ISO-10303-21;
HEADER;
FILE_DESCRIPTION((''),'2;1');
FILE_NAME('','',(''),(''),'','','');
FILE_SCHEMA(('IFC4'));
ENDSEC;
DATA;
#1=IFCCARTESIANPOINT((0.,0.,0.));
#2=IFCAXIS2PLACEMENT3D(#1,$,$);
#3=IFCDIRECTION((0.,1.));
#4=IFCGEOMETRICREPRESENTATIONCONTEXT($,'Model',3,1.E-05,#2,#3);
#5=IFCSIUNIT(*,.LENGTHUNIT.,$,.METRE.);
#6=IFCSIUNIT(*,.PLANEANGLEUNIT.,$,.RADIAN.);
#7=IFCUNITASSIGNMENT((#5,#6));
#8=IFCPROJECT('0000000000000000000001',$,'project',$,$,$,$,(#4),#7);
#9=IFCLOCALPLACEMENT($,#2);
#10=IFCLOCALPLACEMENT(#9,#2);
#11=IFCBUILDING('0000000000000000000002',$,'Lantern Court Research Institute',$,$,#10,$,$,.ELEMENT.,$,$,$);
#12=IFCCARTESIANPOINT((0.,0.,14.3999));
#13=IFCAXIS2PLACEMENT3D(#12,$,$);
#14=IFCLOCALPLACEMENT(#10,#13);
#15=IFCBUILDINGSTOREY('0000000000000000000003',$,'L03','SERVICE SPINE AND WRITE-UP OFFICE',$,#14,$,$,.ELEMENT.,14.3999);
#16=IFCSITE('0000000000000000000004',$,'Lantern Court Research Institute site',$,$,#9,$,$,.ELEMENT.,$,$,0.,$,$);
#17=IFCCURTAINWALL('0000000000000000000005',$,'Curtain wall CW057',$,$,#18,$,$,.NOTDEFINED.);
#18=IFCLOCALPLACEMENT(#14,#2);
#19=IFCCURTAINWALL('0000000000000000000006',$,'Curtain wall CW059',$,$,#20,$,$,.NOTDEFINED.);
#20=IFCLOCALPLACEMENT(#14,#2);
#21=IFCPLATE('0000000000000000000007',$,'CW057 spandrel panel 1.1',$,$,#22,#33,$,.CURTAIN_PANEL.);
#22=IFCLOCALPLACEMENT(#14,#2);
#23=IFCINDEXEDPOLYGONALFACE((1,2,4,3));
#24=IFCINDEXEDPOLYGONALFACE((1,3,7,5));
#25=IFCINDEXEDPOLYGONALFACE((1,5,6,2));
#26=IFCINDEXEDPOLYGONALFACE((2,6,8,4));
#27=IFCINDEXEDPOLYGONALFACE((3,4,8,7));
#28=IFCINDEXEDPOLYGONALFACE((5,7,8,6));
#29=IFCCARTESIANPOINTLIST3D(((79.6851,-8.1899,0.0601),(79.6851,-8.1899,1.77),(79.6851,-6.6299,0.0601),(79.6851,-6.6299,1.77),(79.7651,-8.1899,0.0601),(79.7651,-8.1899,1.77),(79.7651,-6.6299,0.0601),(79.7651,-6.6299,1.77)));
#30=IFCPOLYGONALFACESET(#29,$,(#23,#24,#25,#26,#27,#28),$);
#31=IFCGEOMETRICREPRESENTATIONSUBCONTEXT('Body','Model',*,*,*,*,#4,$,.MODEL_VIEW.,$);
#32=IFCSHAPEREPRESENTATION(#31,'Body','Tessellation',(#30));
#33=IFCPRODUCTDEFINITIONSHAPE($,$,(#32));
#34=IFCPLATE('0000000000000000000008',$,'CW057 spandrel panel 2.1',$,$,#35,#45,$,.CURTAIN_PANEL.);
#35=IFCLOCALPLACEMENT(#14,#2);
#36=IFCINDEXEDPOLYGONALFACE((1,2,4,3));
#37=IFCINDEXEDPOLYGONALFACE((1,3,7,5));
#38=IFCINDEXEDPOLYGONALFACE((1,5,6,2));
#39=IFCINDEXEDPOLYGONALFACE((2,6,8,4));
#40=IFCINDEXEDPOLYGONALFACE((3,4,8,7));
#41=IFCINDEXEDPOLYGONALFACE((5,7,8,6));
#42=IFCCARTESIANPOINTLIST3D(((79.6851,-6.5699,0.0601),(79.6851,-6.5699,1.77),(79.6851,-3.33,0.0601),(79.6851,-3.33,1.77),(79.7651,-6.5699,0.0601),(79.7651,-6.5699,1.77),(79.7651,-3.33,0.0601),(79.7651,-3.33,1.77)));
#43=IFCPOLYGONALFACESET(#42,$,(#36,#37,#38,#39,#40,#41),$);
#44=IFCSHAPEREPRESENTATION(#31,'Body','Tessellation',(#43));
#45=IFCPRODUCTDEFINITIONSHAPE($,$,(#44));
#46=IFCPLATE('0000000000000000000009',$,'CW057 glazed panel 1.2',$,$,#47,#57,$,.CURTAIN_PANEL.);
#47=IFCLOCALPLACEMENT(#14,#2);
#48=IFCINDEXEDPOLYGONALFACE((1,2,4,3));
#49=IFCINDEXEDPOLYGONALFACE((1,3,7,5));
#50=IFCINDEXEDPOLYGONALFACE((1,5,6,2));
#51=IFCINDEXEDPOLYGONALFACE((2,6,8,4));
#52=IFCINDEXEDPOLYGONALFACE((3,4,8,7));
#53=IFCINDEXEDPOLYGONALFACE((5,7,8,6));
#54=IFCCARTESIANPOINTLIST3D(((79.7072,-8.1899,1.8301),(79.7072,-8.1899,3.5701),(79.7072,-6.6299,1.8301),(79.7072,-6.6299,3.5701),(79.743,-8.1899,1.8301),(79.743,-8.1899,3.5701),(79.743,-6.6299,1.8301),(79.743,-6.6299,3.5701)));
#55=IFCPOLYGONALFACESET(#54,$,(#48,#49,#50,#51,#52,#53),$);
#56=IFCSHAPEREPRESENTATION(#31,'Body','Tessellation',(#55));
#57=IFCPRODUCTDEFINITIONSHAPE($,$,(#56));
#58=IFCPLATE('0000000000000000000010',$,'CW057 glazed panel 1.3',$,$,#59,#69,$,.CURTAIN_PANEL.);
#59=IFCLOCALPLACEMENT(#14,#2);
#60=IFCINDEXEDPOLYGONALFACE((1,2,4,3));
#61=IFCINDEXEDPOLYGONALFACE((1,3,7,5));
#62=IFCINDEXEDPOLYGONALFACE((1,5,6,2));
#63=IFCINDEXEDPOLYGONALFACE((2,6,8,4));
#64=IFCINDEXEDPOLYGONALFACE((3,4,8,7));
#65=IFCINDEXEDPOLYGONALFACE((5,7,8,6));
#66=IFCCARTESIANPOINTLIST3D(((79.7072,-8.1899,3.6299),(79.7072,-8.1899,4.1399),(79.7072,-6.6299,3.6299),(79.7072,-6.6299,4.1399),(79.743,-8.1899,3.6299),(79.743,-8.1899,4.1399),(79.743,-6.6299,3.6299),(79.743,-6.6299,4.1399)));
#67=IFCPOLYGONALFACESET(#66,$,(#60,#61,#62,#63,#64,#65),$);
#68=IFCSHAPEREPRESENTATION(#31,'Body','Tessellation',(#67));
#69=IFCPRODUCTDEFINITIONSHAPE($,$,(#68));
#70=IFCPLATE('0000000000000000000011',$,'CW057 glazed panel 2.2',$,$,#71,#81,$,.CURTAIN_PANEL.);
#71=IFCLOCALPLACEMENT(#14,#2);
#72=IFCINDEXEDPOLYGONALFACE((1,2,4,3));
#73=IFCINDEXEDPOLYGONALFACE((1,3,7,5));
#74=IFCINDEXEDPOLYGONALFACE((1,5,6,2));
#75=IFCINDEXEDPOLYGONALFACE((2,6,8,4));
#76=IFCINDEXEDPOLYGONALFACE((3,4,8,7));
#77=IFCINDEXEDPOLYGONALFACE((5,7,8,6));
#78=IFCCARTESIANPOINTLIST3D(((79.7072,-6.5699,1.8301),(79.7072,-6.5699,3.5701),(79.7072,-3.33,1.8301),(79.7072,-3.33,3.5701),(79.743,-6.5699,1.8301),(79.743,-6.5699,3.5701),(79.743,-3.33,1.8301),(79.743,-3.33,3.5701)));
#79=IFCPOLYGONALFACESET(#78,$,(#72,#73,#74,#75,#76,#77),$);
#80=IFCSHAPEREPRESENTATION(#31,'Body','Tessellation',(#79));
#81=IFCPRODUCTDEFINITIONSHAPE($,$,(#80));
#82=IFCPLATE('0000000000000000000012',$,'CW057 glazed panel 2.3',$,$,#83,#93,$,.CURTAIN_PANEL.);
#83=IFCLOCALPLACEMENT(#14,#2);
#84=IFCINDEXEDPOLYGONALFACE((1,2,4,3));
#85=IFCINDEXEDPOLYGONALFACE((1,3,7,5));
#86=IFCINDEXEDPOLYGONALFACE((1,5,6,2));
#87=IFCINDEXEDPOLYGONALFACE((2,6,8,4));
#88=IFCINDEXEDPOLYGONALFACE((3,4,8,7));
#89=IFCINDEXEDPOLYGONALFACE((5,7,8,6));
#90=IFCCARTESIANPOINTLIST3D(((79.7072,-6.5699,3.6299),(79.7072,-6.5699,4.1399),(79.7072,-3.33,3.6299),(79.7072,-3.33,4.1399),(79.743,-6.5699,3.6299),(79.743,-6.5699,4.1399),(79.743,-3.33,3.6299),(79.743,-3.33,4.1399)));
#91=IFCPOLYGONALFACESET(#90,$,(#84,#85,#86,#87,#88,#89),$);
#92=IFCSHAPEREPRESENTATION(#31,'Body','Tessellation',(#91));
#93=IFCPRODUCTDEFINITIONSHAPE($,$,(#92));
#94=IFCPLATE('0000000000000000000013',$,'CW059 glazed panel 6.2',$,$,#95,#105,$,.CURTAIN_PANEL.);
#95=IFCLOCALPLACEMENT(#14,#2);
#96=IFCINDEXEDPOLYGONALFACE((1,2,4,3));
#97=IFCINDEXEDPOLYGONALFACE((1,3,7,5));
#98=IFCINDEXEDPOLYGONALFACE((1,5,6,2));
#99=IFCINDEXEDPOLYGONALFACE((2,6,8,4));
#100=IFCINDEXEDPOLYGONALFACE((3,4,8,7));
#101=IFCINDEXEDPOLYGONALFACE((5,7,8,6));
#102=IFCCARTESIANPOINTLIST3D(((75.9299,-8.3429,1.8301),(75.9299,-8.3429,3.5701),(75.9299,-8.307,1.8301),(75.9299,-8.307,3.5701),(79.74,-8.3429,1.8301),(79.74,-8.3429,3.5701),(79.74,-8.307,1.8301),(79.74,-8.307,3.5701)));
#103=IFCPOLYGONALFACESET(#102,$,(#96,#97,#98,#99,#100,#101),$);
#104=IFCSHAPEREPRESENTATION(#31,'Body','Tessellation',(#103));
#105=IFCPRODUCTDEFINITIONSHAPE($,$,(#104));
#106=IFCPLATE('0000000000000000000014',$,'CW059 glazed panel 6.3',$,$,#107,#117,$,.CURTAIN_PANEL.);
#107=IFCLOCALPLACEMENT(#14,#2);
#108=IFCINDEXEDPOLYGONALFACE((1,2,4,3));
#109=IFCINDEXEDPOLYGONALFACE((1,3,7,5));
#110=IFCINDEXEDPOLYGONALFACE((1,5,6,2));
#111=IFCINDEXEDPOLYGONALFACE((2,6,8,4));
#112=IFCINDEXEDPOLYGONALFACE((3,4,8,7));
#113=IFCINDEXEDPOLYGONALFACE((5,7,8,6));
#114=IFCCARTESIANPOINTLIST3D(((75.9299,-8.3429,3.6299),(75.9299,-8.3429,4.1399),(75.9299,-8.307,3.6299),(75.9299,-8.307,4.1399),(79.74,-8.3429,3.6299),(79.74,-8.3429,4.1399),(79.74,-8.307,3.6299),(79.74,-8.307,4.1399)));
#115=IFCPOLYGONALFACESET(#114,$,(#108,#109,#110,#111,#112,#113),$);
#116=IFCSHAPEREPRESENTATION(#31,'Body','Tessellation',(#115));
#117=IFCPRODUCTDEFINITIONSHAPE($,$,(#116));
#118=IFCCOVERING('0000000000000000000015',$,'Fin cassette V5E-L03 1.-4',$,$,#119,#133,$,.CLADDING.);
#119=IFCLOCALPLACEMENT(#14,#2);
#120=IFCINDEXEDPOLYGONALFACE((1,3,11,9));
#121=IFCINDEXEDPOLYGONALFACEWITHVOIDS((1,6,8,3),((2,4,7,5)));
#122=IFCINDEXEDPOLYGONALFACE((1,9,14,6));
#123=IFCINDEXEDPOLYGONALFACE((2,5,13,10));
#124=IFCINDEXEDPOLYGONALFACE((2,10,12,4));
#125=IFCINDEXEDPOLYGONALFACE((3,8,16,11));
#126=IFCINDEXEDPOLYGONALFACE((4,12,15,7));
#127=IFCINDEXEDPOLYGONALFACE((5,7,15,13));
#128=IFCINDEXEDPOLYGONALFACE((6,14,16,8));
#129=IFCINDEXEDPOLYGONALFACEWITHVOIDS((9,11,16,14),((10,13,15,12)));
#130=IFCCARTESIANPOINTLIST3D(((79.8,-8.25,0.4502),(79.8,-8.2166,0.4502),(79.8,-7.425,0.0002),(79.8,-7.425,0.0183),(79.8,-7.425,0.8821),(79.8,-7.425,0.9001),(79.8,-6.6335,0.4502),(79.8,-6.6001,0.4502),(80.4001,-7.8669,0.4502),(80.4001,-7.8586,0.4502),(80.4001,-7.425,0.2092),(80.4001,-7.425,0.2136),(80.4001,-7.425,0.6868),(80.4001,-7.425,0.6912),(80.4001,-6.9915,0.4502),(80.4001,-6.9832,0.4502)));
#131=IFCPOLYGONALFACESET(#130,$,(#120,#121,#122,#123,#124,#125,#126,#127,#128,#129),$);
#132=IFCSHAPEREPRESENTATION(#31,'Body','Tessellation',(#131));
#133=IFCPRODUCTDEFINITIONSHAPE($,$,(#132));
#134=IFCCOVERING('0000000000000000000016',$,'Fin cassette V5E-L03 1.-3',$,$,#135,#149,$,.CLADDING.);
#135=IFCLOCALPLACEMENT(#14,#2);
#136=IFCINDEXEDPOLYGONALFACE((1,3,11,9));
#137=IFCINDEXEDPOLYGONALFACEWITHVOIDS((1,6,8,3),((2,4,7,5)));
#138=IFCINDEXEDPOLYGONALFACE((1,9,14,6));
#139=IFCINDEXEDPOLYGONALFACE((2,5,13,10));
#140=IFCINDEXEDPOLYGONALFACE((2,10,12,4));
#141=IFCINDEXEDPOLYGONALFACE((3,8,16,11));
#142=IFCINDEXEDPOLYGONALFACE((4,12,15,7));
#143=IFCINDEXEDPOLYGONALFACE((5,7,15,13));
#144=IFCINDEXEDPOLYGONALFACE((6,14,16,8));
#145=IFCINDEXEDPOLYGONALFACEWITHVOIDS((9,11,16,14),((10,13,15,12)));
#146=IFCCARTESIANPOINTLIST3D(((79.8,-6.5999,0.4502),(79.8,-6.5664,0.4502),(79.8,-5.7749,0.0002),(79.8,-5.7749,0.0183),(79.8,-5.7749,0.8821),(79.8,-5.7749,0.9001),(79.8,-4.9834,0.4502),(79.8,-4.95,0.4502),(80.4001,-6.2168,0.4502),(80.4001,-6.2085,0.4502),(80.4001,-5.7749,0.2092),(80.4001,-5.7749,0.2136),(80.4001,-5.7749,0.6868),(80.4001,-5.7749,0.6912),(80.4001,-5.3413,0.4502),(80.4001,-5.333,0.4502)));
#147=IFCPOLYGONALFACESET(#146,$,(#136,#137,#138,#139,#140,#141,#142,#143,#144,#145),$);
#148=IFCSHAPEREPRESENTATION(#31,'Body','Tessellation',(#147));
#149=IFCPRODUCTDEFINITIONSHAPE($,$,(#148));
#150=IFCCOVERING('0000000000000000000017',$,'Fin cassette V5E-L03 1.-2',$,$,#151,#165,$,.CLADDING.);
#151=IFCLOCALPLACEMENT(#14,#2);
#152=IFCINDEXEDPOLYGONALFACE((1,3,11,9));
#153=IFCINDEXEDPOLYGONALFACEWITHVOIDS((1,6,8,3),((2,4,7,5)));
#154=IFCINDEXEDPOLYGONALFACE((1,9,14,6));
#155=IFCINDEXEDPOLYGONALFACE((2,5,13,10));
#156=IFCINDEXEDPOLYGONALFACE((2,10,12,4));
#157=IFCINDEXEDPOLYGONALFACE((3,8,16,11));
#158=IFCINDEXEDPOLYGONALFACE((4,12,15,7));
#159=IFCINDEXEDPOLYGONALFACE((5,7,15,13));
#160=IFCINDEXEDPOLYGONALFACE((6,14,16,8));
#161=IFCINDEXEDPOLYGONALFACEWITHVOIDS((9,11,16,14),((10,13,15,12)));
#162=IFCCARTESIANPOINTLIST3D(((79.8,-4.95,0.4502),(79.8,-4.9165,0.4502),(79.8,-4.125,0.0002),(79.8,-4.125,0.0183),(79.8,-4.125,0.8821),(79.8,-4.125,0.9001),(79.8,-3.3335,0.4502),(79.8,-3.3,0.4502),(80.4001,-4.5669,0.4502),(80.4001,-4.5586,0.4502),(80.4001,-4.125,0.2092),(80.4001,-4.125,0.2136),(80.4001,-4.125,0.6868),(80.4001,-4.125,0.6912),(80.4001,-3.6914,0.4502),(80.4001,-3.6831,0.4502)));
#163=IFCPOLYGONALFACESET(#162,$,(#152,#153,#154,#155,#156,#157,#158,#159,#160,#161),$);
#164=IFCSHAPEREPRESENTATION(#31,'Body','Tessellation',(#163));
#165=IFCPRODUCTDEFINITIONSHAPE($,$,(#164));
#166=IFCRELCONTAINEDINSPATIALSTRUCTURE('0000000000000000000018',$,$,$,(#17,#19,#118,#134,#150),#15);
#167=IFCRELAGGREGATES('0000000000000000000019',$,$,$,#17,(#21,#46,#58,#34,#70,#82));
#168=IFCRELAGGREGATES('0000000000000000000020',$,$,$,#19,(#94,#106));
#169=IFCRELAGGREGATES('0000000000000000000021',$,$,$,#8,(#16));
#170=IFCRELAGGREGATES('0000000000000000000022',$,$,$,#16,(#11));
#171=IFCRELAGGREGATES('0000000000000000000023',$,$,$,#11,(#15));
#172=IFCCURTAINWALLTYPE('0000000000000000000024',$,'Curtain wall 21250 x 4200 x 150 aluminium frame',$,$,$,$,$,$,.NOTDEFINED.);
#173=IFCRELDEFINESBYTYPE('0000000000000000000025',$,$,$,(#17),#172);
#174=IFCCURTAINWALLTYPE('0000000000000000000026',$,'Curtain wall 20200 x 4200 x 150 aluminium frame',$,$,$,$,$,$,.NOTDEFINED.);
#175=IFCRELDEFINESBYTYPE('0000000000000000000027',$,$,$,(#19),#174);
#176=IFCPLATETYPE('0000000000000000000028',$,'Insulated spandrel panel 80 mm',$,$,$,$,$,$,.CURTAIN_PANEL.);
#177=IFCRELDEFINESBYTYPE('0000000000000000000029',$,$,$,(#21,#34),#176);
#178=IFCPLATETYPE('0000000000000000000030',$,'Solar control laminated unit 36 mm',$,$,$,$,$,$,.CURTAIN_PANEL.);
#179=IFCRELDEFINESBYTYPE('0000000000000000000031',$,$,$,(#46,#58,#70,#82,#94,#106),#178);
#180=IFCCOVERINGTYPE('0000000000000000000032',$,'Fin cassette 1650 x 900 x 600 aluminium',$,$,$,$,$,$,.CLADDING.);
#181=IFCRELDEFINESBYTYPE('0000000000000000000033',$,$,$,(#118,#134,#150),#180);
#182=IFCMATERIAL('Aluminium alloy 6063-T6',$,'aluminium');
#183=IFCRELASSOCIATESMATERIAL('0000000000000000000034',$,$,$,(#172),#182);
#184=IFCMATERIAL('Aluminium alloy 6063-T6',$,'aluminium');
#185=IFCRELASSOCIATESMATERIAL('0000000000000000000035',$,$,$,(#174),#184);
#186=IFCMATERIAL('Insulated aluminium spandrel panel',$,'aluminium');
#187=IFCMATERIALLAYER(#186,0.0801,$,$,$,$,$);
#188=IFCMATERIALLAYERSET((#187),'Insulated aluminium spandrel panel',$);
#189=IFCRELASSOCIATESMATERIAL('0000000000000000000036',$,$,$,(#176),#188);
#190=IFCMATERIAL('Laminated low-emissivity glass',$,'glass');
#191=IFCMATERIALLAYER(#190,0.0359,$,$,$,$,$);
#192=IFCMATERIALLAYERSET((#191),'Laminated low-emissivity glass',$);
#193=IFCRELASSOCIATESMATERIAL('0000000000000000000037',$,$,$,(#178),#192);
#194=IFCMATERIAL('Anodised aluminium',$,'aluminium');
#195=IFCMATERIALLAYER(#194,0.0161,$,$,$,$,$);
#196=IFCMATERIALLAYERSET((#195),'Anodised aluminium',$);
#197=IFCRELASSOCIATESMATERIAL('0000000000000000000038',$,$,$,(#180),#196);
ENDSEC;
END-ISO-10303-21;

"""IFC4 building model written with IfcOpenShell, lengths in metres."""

from ifc_helpers import new_model, entity, si_unit, direction, frame, origin, origin_2d, place, context, subcontext, project, spatial, rectangle, extrude, material, layer, layer_set, type_object, element, aggregate, save


model = new_model("IFC4")

# Units and contexts
model_context = context("Model", 3, precision=1e-05, world=origin(), true_north=direction((0.0, 1.0)))
body_context = subcontext(model_context, "Body", "Model", "MODEL_VIEW")
ifc_project = project(units=[si_unit("LENGTHUNIT", "METRE"), si_unit("PLANEANGLEUNIT", "RADIAN")], contexts=[model_context])

# Site, building, storey
site_placement = place(None, origin())
site = spatial("IfcSite", under=ifc_project, at=site_placement, Name="Lantern Court Research Institute site", CompositionType="ELEMENT", RefElevation=0.0)
building_placement = place(site_placement, origin())
building = spatial("IfcBuilding", under=site, at=building_placement, Name="Lantern Court Research Institute", CompositionType="ELEMENT")
storey_placement = place(building_placement, frame((0.0, 0.0, 14.3999)))
storey = spatial("IfcBuildingStorey", under=building, at=storey_placement, Name="L03", Description="SERVICE SPINE AND WRITE-UP OFFICE", CompositionType="ELEMENT", Elevation=14.3999)

# Curtain wall
ifc_material_1 = material(Name="Aluminium alloy 6063-T6", Category="aluminium")
curtain_wall_type_1 = type_object("IfcCurtainWallType", Name="Curtain wall 21250 x 4200 x 150 aluminium frame", PredefinedType="NOTDEFINED", material=ifc_material_1)
curtain_wall_1_placement = place(storey_placement, origin())
curtain_wall_1 = element("IfcCurtainWall", 1, at=curtain_wall_1_placement, inside=storey, type_object=curtain_wall_type_1, Name="Curtain wall CW057", PredefinedType="NOTDEFINED")

# Curtain wall
ifc_material_2 = material(Name="Aluminium alloy 6063-T6", Category="aluminium")
curtain_wall_type_2 = type_object("IfcCurtainWallType", Name="Curtain wall 20200 x 4200 x 150 aluminium frame", PredefinedType="NOTDEFINED", material=ifc_material_2)
curtain_wall_2_placement = place(storey_placement, origin())
curtain_wall_2 = element("IfcCurtainWall", 2, at=curtain_wall_2_placement, inside=storey, type_object=curtain_wall_type_2, Name="Curtain wall CW059", PredefinedType="NOTDEFINED")

# Plates
ifc_material_3 = material(Name="Insulated aluminium spandrel panel", Category="aluminium")
ifc_layer_1 = layer(ifc_material_3, 0.0801)
ifc_layer_set_1 = layer_set([ifc_layer_1], Name="Insulated aluminium spandrel panel")
plate_type_1 = type_object("IfcPlateType", Name="Insulated spandrel panel 80 mm", PredefinedType="CURTAIN_PANEL", material=ifc_layer_set_1)
plate_1_placement = place(storey_placement, frame((79.7251, -7.4099, 0.0601), z_axis=(0.0, 0.0, 1.0), x_axis=(0.0, -1.0, 0.0)))
plate_1 = element("IfcPlate", 3, at=plate_1_placement, type_object=plate_type_1, Name="CW057 spandrel panel 1.1", PredefinedType="CURTAIN_PANEL", context=body_context, shape_type="SweptSolid", body=[
    extrude(rectangle(XDim=1.5601, YDim=0.0801, at=origin_2d()), origin(), (0.0, 0.0, 1.0), 1.71),
])
plate_2_placement = place(storey_placement, frame((79.7251, -4.95, 0.0601), z_axis=(0.0, 0.0, 1.0), x_axis=(0.0, -1.0, 0.0)))
plate_2 = element("IfcPlate", 4, at=plate_2_placement, type_object=plate_type_1, Name="CW057 spandrel panel 2.1", PredefinedType="CURTAIN_PANEL", context=body_context, shape_type="SweptSolid", body=[
    extrude(rectangle(XDim=3.24, YDim=0.0801, at=origin_2d()), origin(), (0.0, 0.0, 1.0), 1.71),
])
ifc_material_4 = material(Name="Laminated low-emissivity glass", Category="glass")
ifc_layer_2 = layer(ifc_material_4, 0.0359)
ifc_layer_set_2 = layer_set([ifc_layer_2], Name="Laminated low-emissivity glass")
plate_type_2 = type_object("IfcPlateType", Name="Solar control laminated unit 36 mm", PredefinedType="CURTAIN_PANEL", material=ifc_layer_set_2)
plate_3_placement = place(storey_placement, frame((79.7251, -7.4099, 1.8301), z_axis=(0.0, 0.0, 1.0), x_axis=(0.0, -1.0, 0.0)))
plate_3 = element("IfcPlate", 5, at=plate_3_placement, type_object=plate_type_2, Name="CW057 glazed panel 1.2", PredefinedType="CURTAIN_PANEL", context=body_context, shape_type="SweptSolid", body=[
    extrude(rectangle(XDim=1.5601, YDim=0.0359, at=origin_2d()), origin(), (0.0, 0.0, 1.0), 1.74),
])
plate_4_placement = place(storey_placement, frame((79.7251, -7.4099, 3.6299), z_axis=(0.0, 0.0, 1.0), x_axis=(0.0, -1.0, 0.0)))
plate_4 = element("IfcPlate", 6, at=plate_4_placement, type_object=plate_type_2, Name="CW057 glazed panel 1.3", PredefinedType="CURTAIN_PANEL", context=body_context, shape_type="SweptSolid", body=[
    extrude(rectangle(XDim=1.5601, YDim=0.0359, at=origin_2d()), origin(), (0.0, 0.0, 1.0), 0.51),
])
plate_5_placement = place(storey_placement, frame((79.7251, -4.95, 1.8301), z_axis=(0.0, 0.0, 1.0), x_axis=(0.0, -1.0, 0.0)))
plate_5 = element("IfcPlate", 7, at=plate_5_placement, type_object=plate_type_2, Name="CW057 glazed panel 2.2", PredefinedType="CURTAIN_PANEL", context=body_context, shape_type="SweptSolid", body=[
    extrude(rectangle(XDim=3.24, YDim=0.0359, at=origin_2d()), origin(), (0.0, 0.0, 1.0), 1.74),
])
plate_6_placement = place(storey_placement, frame((79.7251, -4.95, 3.6299), z_axis=(0.0, 0.0, 1.0), x_axis=(0.0, -1.0, 0.0)))
plate_6 = element("IfcPlate", 8, at=plate_6_placement, type_object=plate_type_2, Name="CW057 glazed panel 2.3", PredefinedType="CURTAIN_PANEL", context=body_context, shape_type="SweptSolid", body=[
    extrude(rectangle(XDim=3.24, YDim=0.0359, at=origin_2d()), origin(), (0.0, 0.0, 1.0), 0.51),
])
aggregate(curtain_wall_1, [plate_1, plate_3, plate_4, plate_2, plate_5, plate_6])
plate_7_placement = place(storey_placement, frame((77.835, -8.325, 1.8301), z_axis=(0.0, 0.0, 1.0), x_axis=(-1.0, 0.0, 0.0)))
plate_7 = element("IfcPlate", 9, at=plate_7_placement, type_object=plate_type_2, Name="CW059 glazed panel 6.2", PredefinedType="CURTAIN_PANEL", context=body_context, shape_type="SweptSolid", body=[
    extrude(rectangle(XDim=3.8101, YDim=0.0359, at=origin_2d()), origin(), (0.0, 0.0, 1.0), 1.74),
])
plate_8_placement = place(storey_placement, frame((77.835, -8.325, 3.6299), z_axis=(0.0, 0.0, 1.0), x_axis=(-1.0, 0.0, 0.0)))
plate_8 = element("IfcPlate", 10, at=plate_8_placement, type_object=plate_type_2, Name="CW059 glazed panel 6.3", PredefinedType="CURTAIN_PANEL", context=body_context, shape_type="SweptSolid", body=[
    extrude(rectangle(XDim=3.8101, YDim=0.0359, at=origin_2d()), origin(), (0.0, 0.0, 1.0), 0.51),
])
aggregate(curtain_wall_2, [plate_7, plate_8])

# Coverings
ifc_material_5 = material(Name="Anodised aluminium", Category="aluminium")
ifc_layer_3 = layer(ifc_material_5, 0.0161)
ifc_layer_set_3 = layer_set([ifc_layer_3], Name="Anodised aluminium")
covering_type = type_object("IfcCoveringType", Name="Fin cassette 1650 x 900 x 600 aluminium", PredefinedType="CLADDING", material=ifc_layer_set_3)
covering_1_placement = place(storey_placement, frame((79.8, -7.425, 0.4502), z_axis=(1.0, 0.0, 0.0), x_axis=(0.0, 1.0, 0.0)))
cartesian_point_1 = entity("IfcCartesianPoint", [0.825, 0.0])
cartesian_point_2 = entity("IfcCartesianPoint", [0.7915, 0.0])
cartesian_point_3 = entity("IfcCartesianPoint", [0.4419, 0.0])
cartesian_point_4 = entity("IfcCartesianPoint", [0.4336, 0.0])
element("IfcCovering", 11, at=covering_1_placement, inside=storey, type_object=covering_type, Name="Fin cassette V5E-L03 1.-4", PredefinedType="CLADDING", context=body_context, shape_type="SweptSolid", body=[
    entity("IfcExtrudedAreaSolidTapered", entity("IfcArbitraryProfileDefWithVoids", "AREA", None, entity("IfcPolyline", [cartesian_point_1, entity("IfcCartesianPoint", [0.0, 0.45]), entity("IfcCartesianPoint", [-0.825, 0.0]), entity("IfcCartesianPoint", [0.0, -0.45]), cartesian_point_1]), [entity("IfcPolyline", [cartesian_point_2, entity("IfcCartesianPoint", [0.0, 0.4319]), entity("IfcCartesianPoint", [-0.7915, 0.0]), entity("IfcCartesianPoint", [0.0, -0.4319]), cartesian_point_2])]), entity("IfcAxis2Placement3D", entity("IfcCartesianPoint", [0.0, 0.0, 0.0])), entity("IfcDirection", [0.0, 0.0, 1.0]), 0.6001, entity("IfcArbitraryProfileDefWithVoids", "AREA", None, entity("IfcPolyline", [cartesian_point_3, entity("IfcCartesianPoint", [0.0, 0.241]), entity("IfcCartesianPoint", [-0.4419, 0.0]), entity("IfcCartesianPoint", [0.0, -0.241]), cartesian_point_3]), [entity("IfcPolyline", [cartesian_point_4, entity("IfcCartesianPoint", [0.0, 0.2366]), entity("IfcCartesianPoint", [-0.4336, 0.0]), entity("IfcCartesianPoint", [0.0, -0.2366]), cartesian_point_4])])),
])
covering_2_placement = place(storey_placement, frame((79.8, -5.7749, 0.4502), z_axis=(1.0, 0.0, 0.0), x_axis=(0.0, 1.0, 0.0)))
cartesian_point_5 = entity("IfcCartesianPoint", [0.825, 0.0])
cartesian_point_6 = entity("IfcCartesianPoint", [0.7915, 0.0])
cartesian_point_7 = entity("IfcCartesianPoint", [0.4419, 0.0])
cartesian_point_8 = entity("IfcCartesianPoint", [0.4336, 0.0])
element("IfcCovering", 12, at=covering_2_placement, inside=storey, type_object=covering_type, Name="Fin cassette V5E-L03 1.-3", PredefinedType="CLADDING", context=body_context, shape_type="SweptSolid", body=[
    entity("IfcExtrudedAreaSolidTapered", entity("IfcArbitraryProfileDefWithVoids", "AREA", None, entity("IfcPolyline", [cartesian_point_5, entity("IfcCartesianPoint", [0.0, 0.45]), entity("IfcCartesianPoint", [-0.825, 0.0]), entity("IfcCartesianPoint", [0.0, -0.45]), cartesian_point_5]), [entity("IfcPolyline", [cartesian_point_6, entity("IfcCartesianPoint", [0.0, 0.4319]), entity("IfcCartesianPoint", [-0.7915, 0.0]), entity("IfcCartesianPoint", [0.0, -0.4319]), cartesian_point_6])]), entity("IfcAxis2Placement3D", entity("IfcCartesianPoint", [0.0, 0.0, 0.0])), entity("IfcDirection", [0.0, 0.0, 1.0]), 0.6001, entity("IfcArbitraryProfileDefWithVoids", "AREA", None, entity("IfcPolyline", [cartesian_point_7, entity("IfcCartesianPoint", [0.0, 0.241]), entity("IfcCartesianPoint", [-0.4419, 0.0]), entity("IfcCartesianPoint", [0.0, -0.241]), cartesian_point_7]), [entity("IfcPolyline", [cartesian_point_8, entity("IfcCartesianPoint", [0.0, 0.2366]), entity("IfcCartesianPoint", [-0.4336, 0.0]), entity("IfcCartesianPoint", [0.0, -0.2366]), cartesian_point_8])])),
])
covering_3_placement = place(storey_placement, frame((79.8, -4.125, 0.4502), z_axis=(1.0, 0.0, 0.0), x_axis=(0.0, 1.0, 0.0)))
cartesian_point_9 = entity("IfcCartesianPoint", [0.825, 0.0])
cartesian_point_10 = entity("IfcCartesianPoint", [0.7915, 0.0])
cartesian_point_11 = entity("IfcCartesianPoint", [0.4419, 0.0])
cartesian_point_12 = entity("IfcCartesianPoint", [0.4336, 0.0])
element("IfcCovering", 13, at=covering_3_placement, inside=storey, type_object=covering_type, Name="Fin cassette V5E-L03 1.-2", PredefinedType="CLADDING", context=body_context, shape_type="SweptSolid", body=[
    entity("IfcExtrudedAreaSolidTapered", entity("IfcArbitraryProfileDefWithVoids", "AREA", None, entity("IfcPolyline", [cartesian_point_9, entity("IfcCartesianPoint", [0.0, 0.45]), entity("IfcCartesianPoint", [-0.825, 0.0]), entity("IfcCartesianPoint", [0.0, -0.45]), cartesian_point_9]), [entity("IfcPolyline", [cartesian_point_10, entity("IfcCartesianPoint", [0.0, 0.4319]), entity("IfcCartesianPoint", [-0.7915, 0.0]), entity("IfcCartesianPoint", [0.0, -0.4319]), cartesian_point_10])]), entity("IfcAxis2Placement3D", entity("IfcCartesianPoint", [0.0, 0.0, 0.0])), entity("IfcDirection", [0.0, 0.0, 1.0]), 0.6001, entity("IfcArbitraryProfileDefWithVoids", "AREA", None, entity("IfcPolyline", [cartesian_point_11, entity("IfcCartesianPoint", [0.0, 0.241]), entity("IfcCartesianPoint", [-0.4419, 0.0]), entity("IfcCartesianPoint", [0.0, -0.241]), cartesian_point_11]), [entity("IfcPolyline", [cartesian_point_12, entity("IfcCartesianPoint", [0.0, 0.2366]), entity("IfcCartesianPoint", [-0.4336, 0.0]), entity("IfcCartesianPoint", [0.0, -0.2366]), cartesian_point_12])])),
])

save(model, "model.ifc")
